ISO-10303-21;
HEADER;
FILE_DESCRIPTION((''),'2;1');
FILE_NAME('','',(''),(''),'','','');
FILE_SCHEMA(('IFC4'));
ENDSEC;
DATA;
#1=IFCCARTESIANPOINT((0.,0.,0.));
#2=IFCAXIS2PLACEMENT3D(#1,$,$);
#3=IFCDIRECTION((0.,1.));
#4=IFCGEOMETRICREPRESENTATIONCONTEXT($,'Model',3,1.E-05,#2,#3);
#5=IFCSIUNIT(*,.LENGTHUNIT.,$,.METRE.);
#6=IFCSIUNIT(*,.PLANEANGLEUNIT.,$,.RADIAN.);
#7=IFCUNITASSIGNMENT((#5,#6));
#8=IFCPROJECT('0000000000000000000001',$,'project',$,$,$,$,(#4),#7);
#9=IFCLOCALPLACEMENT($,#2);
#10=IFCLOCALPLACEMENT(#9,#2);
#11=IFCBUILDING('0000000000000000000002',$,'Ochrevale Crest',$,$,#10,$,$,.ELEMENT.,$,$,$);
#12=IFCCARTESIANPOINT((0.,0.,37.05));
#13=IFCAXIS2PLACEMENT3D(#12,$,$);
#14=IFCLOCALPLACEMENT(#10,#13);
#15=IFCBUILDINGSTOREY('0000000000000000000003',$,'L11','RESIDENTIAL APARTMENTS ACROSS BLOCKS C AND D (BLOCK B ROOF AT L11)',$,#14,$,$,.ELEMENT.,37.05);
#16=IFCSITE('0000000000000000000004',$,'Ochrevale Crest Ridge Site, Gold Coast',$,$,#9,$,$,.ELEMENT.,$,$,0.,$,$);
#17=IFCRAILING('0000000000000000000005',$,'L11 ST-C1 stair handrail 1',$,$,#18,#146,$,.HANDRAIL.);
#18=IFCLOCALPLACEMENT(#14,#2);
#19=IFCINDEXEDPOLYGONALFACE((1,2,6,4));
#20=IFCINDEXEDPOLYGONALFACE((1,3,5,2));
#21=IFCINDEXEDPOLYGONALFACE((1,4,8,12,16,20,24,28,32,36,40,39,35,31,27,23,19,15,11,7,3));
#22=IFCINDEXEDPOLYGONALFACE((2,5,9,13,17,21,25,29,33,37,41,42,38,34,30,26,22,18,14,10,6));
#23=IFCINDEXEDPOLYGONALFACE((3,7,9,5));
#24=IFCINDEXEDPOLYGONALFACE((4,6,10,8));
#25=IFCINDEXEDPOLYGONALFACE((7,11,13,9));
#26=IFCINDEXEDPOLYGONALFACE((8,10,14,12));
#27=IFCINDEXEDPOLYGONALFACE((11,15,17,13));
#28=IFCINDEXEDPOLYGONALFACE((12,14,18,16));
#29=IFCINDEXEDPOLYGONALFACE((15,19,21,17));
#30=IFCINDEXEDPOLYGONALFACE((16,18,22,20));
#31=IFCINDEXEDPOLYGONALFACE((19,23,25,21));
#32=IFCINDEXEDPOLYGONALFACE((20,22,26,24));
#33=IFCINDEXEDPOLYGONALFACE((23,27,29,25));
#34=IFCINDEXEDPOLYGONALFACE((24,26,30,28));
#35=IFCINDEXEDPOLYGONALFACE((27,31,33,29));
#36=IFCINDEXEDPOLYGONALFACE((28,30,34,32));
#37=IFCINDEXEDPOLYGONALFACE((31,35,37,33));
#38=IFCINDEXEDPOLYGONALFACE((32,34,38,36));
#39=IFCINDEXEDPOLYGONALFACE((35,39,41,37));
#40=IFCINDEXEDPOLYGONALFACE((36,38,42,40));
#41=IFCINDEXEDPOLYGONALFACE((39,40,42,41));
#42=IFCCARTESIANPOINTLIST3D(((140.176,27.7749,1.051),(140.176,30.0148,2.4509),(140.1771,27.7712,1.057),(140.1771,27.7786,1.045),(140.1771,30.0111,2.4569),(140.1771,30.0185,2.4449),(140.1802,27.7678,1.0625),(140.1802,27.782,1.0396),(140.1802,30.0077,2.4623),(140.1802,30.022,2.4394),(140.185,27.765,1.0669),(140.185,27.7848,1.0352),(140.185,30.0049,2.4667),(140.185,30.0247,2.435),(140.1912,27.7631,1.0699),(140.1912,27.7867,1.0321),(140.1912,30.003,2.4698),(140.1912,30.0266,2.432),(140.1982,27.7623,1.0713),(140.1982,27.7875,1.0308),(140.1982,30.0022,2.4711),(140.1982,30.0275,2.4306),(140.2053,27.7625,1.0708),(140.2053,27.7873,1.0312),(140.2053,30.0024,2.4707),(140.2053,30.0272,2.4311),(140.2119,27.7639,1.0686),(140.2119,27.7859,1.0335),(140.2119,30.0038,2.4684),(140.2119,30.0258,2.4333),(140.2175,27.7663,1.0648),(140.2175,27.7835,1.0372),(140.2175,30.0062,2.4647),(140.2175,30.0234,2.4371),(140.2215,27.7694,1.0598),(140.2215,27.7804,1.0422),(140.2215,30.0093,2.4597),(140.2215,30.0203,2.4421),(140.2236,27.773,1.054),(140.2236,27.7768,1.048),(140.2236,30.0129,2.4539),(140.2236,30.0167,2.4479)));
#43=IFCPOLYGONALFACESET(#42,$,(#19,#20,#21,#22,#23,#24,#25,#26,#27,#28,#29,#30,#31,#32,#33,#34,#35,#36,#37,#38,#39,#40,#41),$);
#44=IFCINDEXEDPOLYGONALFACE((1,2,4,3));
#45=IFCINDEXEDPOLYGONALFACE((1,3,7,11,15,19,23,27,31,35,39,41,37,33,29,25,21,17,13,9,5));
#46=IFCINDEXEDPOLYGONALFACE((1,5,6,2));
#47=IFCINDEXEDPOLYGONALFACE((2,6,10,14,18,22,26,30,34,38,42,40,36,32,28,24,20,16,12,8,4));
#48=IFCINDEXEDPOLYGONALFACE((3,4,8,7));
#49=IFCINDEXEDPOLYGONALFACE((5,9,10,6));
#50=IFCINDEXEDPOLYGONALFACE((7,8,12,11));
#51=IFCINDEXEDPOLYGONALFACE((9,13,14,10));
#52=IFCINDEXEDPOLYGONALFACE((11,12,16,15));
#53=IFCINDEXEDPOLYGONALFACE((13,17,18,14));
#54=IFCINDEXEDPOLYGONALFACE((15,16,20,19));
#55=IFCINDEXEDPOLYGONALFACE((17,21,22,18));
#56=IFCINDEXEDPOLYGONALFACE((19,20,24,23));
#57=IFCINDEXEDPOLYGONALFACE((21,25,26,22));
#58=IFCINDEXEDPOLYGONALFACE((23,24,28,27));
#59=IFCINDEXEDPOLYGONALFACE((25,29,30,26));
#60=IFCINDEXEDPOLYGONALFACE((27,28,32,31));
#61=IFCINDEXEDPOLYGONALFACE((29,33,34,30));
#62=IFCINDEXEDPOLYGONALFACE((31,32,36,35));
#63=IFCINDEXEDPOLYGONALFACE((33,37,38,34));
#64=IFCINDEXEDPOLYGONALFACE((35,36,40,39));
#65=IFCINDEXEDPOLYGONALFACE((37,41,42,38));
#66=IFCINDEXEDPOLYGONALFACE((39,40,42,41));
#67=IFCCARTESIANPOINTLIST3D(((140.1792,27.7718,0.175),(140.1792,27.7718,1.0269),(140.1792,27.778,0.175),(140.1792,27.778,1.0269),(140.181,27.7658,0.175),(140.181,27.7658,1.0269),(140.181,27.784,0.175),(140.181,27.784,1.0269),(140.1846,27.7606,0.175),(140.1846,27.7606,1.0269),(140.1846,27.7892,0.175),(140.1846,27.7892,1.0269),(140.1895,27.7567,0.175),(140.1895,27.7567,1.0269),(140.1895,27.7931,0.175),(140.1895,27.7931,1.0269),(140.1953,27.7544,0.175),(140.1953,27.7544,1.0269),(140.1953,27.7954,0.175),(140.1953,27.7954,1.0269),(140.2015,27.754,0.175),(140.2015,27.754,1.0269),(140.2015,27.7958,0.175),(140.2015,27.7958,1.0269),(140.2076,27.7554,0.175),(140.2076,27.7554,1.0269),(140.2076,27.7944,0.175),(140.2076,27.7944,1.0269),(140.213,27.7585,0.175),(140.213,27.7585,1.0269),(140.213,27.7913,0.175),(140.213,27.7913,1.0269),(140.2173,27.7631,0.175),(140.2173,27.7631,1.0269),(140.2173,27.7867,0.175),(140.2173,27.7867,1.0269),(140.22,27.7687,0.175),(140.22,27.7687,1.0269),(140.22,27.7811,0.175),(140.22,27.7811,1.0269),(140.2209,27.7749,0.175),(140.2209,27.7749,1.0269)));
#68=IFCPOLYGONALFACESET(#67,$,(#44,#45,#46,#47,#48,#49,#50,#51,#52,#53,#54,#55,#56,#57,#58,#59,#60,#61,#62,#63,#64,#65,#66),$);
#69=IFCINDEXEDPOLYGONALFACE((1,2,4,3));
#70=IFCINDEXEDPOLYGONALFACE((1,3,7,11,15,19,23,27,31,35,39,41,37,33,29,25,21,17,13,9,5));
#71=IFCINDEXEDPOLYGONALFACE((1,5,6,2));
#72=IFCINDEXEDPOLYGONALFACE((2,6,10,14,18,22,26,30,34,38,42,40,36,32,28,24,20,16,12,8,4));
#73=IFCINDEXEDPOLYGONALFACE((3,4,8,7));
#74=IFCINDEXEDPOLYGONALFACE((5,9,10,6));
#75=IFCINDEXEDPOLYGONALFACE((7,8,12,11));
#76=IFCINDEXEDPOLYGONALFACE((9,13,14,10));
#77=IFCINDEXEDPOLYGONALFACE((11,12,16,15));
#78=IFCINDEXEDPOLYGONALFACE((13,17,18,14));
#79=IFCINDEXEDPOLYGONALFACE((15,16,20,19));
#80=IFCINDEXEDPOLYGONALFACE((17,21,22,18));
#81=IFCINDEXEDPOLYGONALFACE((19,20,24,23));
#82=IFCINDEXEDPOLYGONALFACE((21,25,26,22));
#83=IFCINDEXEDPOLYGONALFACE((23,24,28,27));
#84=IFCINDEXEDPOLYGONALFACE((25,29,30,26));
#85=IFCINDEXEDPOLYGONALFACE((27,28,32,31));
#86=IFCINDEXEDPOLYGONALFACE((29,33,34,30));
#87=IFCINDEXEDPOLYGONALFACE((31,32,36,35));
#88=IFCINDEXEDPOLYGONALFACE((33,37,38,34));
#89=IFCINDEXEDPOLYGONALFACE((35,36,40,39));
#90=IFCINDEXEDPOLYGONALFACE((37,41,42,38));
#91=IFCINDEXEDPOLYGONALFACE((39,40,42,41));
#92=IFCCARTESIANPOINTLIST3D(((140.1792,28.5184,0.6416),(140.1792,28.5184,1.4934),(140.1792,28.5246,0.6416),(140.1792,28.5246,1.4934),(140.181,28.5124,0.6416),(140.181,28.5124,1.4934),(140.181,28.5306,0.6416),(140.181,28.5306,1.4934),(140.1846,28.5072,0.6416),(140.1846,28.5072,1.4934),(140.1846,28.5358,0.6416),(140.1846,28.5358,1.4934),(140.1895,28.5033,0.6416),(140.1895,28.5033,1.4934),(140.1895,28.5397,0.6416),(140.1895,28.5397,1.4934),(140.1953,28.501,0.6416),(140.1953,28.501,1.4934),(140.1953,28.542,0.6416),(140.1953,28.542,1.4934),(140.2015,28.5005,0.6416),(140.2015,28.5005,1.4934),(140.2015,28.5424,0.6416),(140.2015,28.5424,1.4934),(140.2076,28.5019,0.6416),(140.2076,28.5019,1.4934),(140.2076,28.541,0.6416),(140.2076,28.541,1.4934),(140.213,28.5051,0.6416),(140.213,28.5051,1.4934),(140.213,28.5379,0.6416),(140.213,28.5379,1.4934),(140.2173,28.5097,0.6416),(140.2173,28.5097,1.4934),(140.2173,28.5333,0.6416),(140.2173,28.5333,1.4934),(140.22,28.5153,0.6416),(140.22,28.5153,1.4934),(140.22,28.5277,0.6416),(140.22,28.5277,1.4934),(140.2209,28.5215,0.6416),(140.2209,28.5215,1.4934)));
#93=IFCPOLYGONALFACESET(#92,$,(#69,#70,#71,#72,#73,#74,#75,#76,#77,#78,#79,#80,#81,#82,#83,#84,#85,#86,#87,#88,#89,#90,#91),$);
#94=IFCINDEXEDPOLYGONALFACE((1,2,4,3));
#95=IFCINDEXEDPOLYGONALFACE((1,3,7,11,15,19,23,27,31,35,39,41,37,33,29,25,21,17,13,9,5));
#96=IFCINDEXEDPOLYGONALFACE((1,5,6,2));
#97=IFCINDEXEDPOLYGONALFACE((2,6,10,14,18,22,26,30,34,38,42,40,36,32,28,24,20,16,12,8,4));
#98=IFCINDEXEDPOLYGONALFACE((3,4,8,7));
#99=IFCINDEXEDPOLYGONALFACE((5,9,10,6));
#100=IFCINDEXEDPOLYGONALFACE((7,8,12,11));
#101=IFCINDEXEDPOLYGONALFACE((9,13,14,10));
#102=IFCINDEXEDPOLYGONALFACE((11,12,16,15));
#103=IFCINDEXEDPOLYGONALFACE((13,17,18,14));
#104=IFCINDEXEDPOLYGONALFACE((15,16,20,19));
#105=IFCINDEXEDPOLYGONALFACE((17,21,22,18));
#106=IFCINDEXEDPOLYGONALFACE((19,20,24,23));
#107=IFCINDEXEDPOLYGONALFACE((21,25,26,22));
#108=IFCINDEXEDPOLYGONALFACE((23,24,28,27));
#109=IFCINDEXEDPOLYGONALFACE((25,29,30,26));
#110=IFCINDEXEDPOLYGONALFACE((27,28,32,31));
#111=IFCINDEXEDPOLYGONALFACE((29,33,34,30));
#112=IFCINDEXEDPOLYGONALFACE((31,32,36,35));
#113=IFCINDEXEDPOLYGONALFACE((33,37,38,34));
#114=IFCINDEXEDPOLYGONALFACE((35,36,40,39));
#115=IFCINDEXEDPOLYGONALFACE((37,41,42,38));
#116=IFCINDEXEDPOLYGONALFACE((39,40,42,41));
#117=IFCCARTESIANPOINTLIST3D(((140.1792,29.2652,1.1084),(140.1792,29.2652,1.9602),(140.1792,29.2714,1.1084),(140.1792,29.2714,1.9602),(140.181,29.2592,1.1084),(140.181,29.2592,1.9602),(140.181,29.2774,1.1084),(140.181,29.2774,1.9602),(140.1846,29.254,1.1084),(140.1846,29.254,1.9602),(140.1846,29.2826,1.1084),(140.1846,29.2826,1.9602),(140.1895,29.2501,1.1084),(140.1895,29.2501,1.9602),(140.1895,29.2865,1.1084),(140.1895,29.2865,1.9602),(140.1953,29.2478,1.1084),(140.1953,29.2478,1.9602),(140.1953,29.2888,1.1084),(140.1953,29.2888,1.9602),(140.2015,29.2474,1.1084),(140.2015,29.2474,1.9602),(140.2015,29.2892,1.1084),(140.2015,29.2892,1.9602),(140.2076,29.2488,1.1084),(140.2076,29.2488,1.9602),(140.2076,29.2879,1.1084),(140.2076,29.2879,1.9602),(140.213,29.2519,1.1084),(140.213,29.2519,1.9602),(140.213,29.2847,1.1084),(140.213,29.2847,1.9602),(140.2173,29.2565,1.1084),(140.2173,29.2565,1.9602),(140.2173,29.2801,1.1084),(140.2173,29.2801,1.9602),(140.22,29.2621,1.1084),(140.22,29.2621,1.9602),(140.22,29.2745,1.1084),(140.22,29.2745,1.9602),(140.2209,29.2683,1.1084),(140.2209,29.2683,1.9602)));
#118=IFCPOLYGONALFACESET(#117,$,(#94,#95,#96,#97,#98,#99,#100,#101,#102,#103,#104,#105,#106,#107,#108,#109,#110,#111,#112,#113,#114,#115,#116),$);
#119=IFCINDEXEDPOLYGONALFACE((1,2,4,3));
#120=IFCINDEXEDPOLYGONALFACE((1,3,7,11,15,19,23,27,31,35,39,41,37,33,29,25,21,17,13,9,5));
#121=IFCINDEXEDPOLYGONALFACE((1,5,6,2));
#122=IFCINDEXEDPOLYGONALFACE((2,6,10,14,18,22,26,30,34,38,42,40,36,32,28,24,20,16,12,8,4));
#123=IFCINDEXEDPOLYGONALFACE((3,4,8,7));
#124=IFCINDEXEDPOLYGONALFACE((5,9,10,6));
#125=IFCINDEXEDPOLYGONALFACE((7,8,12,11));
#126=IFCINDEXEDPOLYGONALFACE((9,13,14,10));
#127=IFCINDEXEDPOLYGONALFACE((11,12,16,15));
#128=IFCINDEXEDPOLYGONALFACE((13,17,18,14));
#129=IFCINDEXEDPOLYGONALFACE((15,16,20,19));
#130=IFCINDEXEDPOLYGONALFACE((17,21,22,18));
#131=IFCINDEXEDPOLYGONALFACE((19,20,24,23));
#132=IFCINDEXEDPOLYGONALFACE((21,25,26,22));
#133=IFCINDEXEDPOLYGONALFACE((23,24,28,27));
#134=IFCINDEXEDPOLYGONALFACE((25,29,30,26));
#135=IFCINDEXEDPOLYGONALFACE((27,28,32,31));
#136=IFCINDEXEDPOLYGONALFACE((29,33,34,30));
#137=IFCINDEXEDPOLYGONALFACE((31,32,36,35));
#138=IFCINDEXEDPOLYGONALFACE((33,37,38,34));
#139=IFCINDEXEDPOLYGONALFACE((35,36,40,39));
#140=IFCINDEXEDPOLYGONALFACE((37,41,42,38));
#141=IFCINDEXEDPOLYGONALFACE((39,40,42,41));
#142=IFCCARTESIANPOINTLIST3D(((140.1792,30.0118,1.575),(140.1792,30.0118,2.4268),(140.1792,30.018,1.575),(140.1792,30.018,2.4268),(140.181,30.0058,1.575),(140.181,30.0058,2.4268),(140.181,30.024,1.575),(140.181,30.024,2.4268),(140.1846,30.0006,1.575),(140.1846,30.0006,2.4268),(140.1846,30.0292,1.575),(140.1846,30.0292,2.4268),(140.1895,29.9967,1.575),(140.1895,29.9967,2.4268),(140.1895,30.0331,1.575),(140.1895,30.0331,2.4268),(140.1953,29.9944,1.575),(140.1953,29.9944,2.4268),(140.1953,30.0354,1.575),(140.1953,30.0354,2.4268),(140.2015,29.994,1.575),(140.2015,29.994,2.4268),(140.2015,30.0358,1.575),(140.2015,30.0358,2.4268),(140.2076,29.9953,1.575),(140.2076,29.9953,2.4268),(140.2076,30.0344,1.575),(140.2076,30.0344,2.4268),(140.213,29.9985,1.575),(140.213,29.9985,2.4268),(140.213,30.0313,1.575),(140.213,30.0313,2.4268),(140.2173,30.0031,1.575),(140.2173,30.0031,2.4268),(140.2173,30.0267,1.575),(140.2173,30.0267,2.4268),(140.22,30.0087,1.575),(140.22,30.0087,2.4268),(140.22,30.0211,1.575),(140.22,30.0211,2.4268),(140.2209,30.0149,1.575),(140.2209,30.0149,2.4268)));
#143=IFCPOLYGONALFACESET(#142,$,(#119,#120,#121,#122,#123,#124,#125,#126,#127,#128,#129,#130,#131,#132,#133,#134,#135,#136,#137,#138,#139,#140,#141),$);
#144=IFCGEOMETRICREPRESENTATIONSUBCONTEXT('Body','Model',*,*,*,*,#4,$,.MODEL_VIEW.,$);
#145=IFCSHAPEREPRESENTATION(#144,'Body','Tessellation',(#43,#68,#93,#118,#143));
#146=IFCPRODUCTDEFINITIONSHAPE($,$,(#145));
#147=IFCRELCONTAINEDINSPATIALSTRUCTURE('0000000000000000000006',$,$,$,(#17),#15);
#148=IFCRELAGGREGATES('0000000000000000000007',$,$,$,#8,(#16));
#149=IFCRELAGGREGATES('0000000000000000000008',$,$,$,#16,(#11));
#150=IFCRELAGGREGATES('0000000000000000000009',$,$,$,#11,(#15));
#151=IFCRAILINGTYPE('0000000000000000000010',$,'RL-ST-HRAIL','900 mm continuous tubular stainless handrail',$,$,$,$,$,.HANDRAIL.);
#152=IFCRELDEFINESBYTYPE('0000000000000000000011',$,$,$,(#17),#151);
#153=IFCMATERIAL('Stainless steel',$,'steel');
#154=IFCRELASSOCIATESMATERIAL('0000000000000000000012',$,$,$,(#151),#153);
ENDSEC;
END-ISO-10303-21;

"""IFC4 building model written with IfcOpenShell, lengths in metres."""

from ifc_helpers import new_model, si_unit, direction, frame, origin, origin_2d, place, context, subcontext, project, spatial, circle, extrude, material, type_object, element, save


model = new_model("IFC4")

# Units and contexts
model_context = context("Model", 3, precision=1e-05, world=origin(), true_north=direction((0.0, 1.0)))
body_context = subcontext(model_context, "Body", "Model", "MODEL_VIEW")
ifc_project = project(units=[si_unit("LENGTHUNIT", "METRE"), si_unit("PLANEANGLEUNIT", "RADIAN")], contexts=[model_context])

# Site, building, storey
site_placement = place(None, origin())
site = spatial("IfcSite", under=ifc_project, at=site_placement, Name="Ochrevale Crest Ridge Site, Gold Coast", CompositionType="ELEMENT", RefElevation=0.0)
building_placement = place(site_placement, origin())
building = spatial("IfcBuilding", under=site, at=building_placement, Name="Ochrevale Crest", CompositionType="ELEMENT")
storey_placement = place(building_placement, frame((0.0, 0.0, 37.05)))
storey = spatial("IfcBuildingStorey", under=building, at=storey_placement, Name="L11", Description="RESIDENTIAL APARTMENTS ACROSS BLOCKS C AND D (BLOCK B ROOF AT L11)", CompositionType="ELEMENT", Elevation=37.05)

# Railing
ifc_material_1 = material(Name="Stainless steel", Category="steel")
railing_type_1 = type_object("IfcRailingType", Name="RL-ST-HRAIL", Description="900 mm continuous tubular stainless handrail", PredefinedType="HANDRAIL", material=ifc_material_1)
railing_1_placement = place(storey_placement, frame((140.2, 27.7749, 0.175)))
element("IfcRailing", 1, at=railing_1_placement, inside=storey, type_object=railing_type_1, Name="L11 ST-C1 stair handrail 1", PredefinedType="HANDRAIL", context=body_context, shape_type="SweptSolid", body=[
    extrude(circle(Radius=0.0239, at=origin_2d()), frame((0.0, 0.0, 0.876), z_axis=(0.0, 0.848014, 0.529974), x_axis=(-1.0, 0.0, 0.0)), (0.0, 0.0, 1.0), 2.6414),
    extrude(circle(Radius=0.021, at=origin_2d()), origin(), (0.0, 0.0, 1.0), 0.8518),
    extrude(circle(Radius=0.021, at=origin_2d()), frame((0.0, 0.7466, 0.4666)), (0.0, 0.0, 1.0), 0.8518),
    extrude(circle(Radius=0.021, at=origin_2d()), frame((0.0, 1.4934, 0.9333)), (0.0, 0.0, 1.0), 0.8518),
    extrude(circle(Radius=0.021, at=origin_2d()), frame((0.0, 2.24, 1.3999)), (0.0, 0.0, 1.0), 0.8518),
])

save(model, "model.ifc")
